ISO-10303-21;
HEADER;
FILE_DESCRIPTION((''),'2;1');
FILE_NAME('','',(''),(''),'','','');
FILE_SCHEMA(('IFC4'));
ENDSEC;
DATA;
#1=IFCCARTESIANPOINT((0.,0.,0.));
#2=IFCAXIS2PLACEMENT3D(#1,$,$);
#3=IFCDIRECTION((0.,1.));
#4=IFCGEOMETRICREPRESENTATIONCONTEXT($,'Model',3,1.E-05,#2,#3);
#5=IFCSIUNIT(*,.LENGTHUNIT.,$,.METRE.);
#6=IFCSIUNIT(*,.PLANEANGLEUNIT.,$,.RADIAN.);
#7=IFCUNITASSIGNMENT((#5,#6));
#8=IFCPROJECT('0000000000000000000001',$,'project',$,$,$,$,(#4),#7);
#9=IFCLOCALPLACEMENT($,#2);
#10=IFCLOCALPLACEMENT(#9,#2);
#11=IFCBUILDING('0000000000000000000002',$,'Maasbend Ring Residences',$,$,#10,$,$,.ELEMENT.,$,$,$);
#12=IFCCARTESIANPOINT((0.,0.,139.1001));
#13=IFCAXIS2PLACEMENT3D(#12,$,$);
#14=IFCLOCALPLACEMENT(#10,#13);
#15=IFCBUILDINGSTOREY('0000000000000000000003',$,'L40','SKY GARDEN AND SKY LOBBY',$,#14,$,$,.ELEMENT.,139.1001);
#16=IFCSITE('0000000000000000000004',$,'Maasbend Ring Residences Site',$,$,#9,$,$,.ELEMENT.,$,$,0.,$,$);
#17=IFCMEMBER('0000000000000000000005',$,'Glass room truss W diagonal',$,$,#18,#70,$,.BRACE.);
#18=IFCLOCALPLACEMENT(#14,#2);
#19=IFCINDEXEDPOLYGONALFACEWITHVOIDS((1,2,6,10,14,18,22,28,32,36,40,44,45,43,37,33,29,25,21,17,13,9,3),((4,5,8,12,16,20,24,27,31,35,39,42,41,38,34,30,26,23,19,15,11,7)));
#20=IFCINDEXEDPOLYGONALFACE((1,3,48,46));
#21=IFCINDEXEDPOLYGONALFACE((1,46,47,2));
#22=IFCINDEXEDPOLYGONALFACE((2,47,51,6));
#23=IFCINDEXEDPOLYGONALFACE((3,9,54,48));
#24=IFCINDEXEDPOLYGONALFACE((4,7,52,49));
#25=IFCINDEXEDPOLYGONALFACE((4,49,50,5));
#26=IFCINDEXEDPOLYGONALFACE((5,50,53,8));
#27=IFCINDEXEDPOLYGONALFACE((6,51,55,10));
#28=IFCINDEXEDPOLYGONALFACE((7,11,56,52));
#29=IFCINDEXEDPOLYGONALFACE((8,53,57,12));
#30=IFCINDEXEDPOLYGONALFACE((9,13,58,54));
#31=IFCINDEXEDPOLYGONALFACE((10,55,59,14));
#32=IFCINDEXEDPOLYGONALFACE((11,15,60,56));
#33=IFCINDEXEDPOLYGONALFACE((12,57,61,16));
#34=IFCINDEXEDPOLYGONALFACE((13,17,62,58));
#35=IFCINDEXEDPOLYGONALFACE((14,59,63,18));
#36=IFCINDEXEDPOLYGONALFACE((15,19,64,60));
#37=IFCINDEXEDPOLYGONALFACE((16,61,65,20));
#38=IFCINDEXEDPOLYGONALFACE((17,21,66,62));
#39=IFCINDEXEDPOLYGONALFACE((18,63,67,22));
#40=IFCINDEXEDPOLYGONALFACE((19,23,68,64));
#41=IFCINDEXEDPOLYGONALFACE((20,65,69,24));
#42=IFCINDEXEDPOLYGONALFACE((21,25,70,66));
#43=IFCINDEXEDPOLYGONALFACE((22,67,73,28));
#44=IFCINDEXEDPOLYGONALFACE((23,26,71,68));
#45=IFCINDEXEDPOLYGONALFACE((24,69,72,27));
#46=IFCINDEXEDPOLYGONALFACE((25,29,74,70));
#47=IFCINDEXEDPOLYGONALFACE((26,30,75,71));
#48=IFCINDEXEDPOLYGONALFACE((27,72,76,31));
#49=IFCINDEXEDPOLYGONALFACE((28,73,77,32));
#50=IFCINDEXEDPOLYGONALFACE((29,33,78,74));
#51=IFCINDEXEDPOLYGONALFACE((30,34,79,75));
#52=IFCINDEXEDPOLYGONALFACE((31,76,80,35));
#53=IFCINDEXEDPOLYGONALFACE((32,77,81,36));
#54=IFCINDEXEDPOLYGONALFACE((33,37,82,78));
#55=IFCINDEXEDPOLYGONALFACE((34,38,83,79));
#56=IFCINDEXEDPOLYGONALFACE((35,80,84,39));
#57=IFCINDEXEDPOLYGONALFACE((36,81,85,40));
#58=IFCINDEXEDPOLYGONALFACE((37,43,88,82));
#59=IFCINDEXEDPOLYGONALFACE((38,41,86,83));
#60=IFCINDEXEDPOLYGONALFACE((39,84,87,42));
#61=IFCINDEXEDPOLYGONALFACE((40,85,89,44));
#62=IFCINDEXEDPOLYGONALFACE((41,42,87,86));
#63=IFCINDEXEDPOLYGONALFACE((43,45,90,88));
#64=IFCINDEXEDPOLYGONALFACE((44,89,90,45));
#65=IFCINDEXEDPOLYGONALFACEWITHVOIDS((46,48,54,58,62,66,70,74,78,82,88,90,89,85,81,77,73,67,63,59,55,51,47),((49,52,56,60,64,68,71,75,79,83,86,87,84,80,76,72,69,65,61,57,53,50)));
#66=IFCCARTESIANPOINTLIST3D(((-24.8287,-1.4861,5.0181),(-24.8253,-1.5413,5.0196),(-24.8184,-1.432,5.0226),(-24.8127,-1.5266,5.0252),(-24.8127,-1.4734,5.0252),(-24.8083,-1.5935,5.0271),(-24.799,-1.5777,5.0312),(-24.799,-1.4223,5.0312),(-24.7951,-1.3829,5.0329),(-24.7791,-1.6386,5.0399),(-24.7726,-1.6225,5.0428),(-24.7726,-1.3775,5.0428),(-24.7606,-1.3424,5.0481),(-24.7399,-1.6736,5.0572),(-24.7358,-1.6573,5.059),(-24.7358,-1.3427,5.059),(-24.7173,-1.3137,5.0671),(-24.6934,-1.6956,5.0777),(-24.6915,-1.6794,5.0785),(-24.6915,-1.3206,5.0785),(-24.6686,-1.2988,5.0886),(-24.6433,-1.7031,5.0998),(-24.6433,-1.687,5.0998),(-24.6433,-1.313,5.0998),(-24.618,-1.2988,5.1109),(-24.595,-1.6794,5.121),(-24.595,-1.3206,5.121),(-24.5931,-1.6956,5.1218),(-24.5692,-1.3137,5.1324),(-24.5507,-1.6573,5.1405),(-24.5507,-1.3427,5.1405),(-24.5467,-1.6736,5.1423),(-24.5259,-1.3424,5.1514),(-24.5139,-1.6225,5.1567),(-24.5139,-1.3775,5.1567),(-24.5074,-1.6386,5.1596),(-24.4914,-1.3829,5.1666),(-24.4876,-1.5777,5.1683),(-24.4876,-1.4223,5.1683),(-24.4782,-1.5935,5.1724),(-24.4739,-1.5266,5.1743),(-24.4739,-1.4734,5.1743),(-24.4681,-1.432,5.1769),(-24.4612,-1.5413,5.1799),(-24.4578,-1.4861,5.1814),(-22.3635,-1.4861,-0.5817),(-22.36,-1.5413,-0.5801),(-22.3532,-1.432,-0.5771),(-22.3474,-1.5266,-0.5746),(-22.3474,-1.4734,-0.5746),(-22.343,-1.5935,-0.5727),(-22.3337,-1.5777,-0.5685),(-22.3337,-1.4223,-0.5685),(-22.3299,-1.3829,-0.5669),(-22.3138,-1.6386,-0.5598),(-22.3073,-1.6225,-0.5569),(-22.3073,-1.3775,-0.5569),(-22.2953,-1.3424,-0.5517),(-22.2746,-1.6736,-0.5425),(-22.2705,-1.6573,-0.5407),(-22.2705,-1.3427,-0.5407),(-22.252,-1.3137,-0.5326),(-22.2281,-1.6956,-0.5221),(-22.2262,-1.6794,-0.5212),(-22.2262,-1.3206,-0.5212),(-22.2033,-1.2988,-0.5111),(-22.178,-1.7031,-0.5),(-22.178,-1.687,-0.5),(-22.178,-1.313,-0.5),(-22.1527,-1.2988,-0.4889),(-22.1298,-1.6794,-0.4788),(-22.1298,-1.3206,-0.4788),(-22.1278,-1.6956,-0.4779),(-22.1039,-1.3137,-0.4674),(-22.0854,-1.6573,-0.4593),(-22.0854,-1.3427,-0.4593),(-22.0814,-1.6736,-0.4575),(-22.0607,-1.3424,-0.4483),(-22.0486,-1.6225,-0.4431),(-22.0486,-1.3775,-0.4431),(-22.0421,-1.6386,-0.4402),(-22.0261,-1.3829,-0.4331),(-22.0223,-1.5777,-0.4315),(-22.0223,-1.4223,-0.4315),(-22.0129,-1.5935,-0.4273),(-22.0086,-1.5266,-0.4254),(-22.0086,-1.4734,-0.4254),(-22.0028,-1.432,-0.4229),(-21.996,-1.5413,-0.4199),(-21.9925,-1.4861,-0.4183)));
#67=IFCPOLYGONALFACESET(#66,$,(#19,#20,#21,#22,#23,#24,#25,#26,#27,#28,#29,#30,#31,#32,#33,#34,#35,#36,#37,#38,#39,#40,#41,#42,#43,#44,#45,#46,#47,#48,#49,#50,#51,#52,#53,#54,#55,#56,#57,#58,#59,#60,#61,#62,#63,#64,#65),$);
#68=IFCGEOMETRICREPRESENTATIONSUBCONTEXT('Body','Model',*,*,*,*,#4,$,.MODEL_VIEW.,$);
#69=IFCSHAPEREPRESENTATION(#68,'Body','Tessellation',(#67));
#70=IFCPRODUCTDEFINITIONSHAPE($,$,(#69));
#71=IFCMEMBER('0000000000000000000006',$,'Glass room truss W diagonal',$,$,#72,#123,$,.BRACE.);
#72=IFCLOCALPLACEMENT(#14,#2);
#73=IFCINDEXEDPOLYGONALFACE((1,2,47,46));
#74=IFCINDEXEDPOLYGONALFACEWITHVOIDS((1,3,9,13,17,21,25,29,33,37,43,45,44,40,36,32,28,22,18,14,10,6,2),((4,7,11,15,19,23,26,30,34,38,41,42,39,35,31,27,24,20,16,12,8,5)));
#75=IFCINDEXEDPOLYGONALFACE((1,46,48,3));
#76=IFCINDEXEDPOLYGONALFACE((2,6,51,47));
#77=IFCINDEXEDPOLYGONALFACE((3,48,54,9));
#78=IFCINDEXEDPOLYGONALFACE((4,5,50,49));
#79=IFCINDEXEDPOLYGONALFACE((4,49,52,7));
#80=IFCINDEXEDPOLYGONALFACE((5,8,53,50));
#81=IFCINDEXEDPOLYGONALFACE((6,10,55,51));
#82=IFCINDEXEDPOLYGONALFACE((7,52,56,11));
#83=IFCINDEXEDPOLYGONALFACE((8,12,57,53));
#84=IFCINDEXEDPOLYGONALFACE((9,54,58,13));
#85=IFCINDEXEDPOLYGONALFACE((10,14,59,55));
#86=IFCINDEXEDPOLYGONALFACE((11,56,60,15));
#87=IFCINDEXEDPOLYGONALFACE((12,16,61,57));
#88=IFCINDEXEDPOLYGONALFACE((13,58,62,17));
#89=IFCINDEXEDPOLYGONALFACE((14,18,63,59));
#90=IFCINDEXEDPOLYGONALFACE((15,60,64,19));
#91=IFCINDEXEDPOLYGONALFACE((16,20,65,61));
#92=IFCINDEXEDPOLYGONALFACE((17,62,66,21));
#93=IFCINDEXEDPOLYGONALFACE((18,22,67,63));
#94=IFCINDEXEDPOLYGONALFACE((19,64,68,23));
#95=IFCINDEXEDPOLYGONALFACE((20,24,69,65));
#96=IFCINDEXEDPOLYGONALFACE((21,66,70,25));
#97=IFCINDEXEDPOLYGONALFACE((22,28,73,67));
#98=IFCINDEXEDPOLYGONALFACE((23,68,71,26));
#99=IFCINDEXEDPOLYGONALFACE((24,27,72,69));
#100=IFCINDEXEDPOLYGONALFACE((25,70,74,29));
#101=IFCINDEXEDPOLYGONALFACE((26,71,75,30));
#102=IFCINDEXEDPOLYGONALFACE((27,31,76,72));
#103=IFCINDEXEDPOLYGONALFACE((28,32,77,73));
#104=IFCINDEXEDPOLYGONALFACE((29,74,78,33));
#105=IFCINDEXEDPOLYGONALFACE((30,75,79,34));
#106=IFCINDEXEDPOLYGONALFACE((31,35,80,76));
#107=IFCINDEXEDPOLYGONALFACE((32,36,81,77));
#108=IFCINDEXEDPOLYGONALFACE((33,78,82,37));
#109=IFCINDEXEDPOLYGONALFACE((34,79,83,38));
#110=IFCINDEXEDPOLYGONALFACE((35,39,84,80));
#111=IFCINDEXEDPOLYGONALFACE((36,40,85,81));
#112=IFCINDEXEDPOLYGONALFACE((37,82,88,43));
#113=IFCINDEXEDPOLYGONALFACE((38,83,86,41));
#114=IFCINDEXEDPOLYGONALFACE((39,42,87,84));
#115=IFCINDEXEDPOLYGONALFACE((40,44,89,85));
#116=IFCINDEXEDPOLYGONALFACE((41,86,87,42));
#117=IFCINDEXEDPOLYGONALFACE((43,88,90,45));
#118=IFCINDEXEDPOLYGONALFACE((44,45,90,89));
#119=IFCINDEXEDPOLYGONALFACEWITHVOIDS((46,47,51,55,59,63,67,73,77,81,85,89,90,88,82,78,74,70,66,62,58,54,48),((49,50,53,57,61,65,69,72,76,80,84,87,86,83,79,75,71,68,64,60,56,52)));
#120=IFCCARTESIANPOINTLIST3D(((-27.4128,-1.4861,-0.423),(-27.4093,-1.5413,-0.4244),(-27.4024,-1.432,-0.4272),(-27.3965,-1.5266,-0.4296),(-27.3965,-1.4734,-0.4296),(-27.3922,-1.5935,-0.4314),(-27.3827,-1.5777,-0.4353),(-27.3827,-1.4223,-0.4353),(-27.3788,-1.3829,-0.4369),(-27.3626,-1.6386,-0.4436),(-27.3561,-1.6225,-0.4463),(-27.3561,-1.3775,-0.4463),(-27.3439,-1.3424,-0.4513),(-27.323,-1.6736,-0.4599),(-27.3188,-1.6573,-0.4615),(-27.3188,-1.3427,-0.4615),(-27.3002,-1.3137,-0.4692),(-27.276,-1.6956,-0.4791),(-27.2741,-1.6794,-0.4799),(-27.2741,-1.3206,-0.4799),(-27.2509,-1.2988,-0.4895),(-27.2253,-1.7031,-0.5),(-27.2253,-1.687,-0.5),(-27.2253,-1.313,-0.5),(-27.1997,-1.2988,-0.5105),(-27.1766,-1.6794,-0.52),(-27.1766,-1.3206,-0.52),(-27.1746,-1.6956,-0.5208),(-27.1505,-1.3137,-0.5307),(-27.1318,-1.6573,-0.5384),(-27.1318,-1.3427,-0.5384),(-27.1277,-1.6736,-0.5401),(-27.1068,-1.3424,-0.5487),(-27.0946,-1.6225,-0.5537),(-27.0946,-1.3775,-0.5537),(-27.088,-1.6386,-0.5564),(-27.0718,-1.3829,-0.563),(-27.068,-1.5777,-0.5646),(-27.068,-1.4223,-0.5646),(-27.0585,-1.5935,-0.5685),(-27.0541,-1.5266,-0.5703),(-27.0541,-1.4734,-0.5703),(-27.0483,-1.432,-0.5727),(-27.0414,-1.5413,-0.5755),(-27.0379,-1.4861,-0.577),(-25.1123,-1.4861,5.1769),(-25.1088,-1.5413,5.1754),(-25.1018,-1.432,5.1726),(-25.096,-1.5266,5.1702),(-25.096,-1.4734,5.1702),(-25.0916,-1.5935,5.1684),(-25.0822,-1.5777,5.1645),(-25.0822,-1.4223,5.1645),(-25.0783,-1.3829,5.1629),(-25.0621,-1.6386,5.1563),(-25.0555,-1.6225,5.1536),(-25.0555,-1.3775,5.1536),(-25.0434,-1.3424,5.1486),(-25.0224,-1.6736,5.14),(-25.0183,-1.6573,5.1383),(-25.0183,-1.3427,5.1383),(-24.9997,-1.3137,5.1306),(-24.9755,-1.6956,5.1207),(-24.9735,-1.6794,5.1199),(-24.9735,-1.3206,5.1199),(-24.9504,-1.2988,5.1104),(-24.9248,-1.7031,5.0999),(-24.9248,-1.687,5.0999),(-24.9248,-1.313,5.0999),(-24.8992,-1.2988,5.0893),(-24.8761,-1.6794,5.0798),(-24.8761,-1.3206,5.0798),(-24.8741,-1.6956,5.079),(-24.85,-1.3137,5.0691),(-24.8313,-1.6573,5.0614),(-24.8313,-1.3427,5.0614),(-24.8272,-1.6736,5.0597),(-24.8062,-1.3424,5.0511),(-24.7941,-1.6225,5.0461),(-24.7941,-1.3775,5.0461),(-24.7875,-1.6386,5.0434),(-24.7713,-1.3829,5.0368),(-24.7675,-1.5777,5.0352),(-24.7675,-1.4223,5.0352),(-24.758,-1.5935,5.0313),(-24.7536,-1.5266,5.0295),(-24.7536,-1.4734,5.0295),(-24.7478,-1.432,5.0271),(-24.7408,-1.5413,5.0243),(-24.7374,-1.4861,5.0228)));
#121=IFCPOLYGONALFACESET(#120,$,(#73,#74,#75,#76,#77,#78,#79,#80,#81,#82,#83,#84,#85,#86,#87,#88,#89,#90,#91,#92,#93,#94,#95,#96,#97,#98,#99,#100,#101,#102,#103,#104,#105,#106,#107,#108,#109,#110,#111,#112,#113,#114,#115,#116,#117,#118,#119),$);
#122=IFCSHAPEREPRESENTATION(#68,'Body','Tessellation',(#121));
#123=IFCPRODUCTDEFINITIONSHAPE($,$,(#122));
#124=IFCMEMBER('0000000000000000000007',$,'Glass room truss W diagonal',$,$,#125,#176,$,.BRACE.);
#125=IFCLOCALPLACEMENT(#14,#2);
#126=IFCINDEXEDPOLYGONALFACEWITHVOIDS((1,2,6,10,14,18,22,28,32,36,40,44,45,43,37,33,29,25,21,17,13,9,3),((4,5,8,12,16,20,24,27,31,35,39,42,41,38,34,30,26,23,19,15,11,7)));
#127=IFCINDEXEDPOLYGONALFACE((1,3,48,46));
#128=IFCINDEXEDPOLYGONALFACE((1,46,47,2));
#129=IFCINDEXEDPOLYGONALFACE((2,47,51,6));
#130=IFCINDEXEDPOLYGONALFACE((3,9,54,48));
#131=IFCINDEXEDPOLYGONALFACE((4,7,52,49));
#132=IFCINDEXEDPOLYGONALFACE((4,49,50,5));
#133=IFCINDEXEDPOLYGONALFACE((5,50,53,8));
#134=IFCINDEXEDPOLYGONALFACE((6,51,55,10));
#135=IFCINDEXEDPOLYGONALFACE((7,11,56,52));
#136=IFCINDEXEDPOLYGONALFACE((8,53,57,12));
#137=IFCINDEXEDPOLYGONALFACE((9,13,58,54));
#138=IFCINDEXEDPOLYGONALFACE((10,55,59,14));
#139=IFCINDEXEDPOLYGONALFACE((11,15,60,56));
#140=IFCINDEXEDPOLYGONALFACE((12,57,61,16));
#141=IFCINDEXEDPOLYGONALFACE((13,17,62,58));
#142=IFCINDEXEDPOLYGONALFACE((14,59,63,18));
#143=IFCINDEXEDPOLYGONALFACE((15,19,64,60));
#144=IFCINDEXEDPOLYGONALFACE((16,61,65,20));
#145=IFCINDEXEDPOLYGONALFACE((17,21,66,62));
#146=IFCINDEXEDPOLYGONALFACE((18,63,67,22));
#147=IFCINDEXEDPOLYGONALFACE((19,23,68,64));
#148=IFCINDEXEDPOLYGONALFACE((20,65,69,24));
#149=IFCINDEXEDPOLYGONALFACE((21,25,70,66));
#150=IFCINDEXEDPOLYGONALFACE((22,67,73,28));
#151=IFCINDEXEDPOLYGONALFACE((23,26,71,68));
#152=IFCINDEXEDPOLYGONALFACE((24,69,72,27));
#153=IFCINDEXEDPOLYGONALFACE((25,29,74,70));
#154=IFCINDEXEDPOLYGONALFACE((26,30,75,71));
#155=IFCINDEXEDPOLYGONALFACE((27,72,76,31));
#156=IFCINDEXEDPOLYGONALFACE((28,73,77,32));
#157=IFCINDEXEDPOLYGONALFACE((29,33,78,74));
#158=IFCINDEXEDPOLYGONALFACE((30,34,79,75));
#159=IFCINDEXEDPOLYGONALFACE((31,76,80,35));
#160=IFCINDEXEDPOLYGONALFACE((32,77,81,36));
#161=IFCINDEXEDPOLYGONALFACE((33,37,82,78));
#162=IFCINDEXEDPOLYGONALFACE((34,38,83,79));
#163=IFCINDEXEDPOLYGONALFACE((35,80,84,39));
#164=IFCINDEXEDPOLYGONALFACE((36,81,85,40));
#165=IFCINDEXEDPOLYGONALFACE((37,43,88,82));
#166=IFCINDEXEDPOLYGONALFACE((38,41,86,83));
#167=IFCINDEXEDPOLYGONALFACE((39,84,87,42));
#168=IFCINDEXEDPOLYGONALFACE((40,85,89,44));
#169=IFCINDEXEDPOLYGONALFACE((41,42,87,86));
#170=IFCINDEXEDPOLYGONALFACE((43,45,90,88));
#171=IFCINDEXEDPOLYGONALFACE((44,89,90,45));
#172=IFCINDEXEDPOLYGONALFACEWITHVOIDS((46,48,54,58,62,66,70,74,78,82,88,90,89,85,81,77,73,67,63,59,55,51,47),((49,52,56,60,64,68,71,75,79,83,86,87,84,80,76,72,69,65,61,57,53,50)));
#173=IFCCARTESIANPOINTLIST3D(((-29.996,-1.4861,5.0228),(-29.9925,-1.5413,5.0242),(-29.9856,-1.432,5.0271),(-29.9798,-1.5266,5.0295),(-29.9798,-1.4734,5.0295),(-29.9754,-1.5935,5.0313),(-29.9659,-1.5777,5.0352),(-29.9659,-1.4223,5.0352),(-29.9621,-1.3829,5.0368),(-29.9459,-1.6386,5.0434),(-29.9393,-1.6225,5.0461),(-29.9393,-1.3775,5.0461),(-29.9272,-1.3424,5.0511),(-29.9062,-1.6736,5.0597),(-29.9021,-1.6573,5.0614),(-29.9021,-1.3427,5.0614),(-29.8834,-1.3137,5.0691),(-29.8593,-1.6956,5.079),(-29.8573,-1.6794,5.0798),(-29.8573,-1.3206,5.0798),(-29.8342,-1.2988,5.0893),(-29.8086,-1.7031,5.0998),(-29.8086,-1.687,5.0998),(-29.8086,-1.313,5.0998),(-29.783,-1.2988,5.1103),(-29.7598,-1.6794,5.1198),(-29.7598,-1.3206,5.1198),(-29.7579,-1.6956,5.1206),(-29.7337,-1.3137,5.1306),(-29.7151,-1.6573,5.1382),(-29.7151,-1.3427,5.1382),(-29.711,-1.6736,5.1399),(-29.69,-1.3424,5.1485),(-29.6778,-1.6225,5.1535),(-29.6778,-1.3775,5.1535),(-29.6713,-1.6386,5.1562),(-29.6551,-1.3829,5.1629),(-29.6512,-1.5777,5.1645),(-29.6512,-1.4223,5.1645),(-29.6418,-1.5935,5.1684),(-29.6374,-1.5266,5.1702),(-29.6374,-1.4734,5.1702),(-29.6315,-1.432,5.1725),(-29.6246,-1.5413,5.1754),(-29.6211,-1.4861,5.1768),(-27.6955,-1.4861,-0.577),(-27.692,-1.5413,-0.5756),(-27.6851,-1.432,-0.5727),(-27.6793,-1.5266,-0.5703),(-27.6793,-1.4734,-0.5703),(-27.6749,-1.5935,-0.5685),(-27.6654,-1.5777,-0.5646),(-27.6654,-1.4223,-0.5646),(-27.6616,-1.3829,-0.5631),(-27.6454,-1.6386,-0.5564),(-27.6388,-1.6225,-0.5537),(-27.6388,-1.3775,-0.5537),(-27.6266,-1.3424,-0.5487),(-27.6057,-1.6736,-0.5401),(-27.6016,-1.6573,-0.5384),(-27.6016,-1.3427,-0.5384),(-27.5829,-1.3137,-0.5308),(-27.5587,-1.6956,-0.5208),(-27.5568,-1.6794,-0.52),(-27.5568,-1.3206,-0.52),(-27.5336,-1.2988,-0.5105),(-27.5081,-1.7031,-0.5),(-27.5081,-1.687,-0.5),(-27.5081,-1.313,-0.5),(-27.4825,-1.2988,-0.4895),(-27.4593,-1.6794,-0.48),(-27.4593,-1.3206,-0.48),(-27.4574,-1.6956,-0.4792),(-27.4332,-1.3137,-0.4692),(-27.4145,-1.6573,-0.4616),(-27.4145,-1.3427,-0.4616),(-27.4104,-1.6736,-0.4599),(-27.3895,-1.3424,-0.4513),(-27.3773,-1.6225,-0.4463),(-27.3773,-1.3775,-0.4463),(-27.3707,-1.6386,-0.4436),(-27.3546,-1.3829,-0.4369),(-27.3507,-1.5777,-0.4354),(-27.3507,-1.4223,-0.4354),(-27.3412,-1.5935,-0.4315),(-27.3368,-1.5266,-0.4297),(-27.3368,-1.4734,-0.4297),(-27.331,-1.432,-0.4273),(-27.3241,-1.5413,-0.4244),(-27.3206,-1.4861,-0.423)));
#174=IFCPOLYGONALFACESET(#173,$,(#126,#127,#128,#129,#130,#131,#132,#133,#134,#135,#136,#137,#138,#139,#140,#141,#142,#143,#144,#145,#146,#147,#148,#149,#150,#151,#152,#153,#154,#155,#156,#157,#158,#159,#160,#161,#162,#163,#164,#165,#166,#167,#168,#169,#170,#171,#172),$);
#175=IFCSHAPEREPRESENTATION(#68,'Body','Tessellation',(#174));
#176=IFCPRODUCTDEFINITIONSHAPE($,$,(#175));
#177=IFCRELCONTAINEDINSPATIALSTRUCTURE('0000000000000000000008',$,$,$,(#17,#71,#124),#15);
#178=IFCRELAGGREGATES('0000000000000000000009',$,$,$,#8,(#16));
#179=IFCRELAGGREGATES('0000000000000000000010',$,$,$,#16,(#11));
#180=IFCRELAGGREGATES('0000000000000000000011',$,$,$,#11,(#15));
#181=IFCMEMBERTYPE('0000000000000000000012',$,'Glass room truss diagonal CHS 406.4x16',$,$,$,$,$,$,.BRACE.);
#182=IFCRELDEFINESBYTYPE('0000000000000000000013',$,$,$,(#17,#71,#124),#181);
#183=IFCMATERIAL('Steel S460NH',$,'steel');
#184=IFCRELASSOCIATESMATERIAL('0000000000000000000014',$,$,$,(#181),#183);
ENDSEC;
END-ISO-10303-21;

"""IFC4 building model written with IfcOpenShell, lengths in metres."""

from ifc_helpers import new_model, si_unit, direction, frame, origin, origin_2d, place, context, subcontext, project, spatial, hollow_circle, extrude, material, material_profile, profile_set, type_object, element, save


model = new_model("IFC4")

# Units and contexts
model_context = context("Model", 3, precision=1e-05, world=origin(), true_north=direction((0.0, 1.0)))
body_context = subcontext(model_context, "Body", "Model", "MODEL_VIEW")
ifc_project = project(units=[si_unit("LENGTHUNIT", "METRE"), si_unit("PLANEANGLEUNIT", "RADIAN")], contexts=[model_context])

# Site, building, storey
site_placement = place(None, origin())
site = spatial("IfcSite", under=ifc_project, at=site_placement, Name="Maasbend Ring Residences Site", CompositionType="ELEMENT", RefElevation=0.0)
building_placement = place(site_placement, origin())
building = spatial("IfcBuilding", under=site, at=building_placement, Name="Maasbend Ring Residences", CompositionType="ELEMENT")
storey_placement = place(building_placement, frame((0.0, 0.0, 139.1001)))
storey = spatial("IfcBuildingStorey", under=building, at=storey_placement, Name="L40", Description="SKY GARDEN AND SKY LOBBY", CompositionType="ELEMENT", Elevation=139.1001)

# Members
ifc_material_1 = material(Name="Steel S460NH", Category="steel")
ifc_material_profile_1 = material_profile(ifc_material_1, hollow_circle(Radius=0.2031, WallThickness=0.0161, at=origin_2d()), Name="Glass room truss diagonal CHS 406.4x16")
ifc_profile_set_1 = profile_set([ifc_material_profile_1], Name="Steel S460NH")
member_type_1 = type_object("IfcMemberType", Name="Glass room truss diagonal CHS 406.4x16", PredefinedType="BRACE", material=ifc_profile_set_1)
member_1_placement = place(storey_placement, frame((-22.178, -1.5, -0.5), z_axis=(-0.40293, 0.0, 0.915231), x_axis=(0.0, -1.0, 0.0)))
element("IfcMember", 1, at=member_1_placement, inside=storey, type_object=member_type_1, Name="Glass room truss W diagonal", PredefinedType="BRACE", context=body_context, shape_type="SweptSolid", body=[
    extrude(hollow_circle(Radius=0.2031, WallThickness=0.0161, at=origin_2d()), origin(), (0.0, 0.0, 1.0), 6.1184),
])
for number, where, z_axis, x_axis, name in (
    (2, (-24.9248, -1.5, 5.0999), (-0.380003, 0.0, -0.924985), (0.0, -1.0, 0.0), "Glass room truss W diagonal"),
    (3, (-27.5081, -1.5, -0.5), (-0.380003, 0.0, 0.924985), (0.0, -1.0, 0.0), "Glass room truss W diagonal"),
):
    element("IfcMember", number, at=place(storey_placement, frame(where, z_axis=z_axis, x_axis=x_axis)), inside=storey, type_object=member_type_1, Name=name, PredefinedType="BRACE", context=body_context, shape_type="SweptSolid", body=[
        extrude(hollow_circle(Radius=0.2031, WallThickness=0.0161, at=origin_2d()), origin(), (0.0, 0.0, 1.0), 6.054),
    ])

save(model, "model.ifc")
